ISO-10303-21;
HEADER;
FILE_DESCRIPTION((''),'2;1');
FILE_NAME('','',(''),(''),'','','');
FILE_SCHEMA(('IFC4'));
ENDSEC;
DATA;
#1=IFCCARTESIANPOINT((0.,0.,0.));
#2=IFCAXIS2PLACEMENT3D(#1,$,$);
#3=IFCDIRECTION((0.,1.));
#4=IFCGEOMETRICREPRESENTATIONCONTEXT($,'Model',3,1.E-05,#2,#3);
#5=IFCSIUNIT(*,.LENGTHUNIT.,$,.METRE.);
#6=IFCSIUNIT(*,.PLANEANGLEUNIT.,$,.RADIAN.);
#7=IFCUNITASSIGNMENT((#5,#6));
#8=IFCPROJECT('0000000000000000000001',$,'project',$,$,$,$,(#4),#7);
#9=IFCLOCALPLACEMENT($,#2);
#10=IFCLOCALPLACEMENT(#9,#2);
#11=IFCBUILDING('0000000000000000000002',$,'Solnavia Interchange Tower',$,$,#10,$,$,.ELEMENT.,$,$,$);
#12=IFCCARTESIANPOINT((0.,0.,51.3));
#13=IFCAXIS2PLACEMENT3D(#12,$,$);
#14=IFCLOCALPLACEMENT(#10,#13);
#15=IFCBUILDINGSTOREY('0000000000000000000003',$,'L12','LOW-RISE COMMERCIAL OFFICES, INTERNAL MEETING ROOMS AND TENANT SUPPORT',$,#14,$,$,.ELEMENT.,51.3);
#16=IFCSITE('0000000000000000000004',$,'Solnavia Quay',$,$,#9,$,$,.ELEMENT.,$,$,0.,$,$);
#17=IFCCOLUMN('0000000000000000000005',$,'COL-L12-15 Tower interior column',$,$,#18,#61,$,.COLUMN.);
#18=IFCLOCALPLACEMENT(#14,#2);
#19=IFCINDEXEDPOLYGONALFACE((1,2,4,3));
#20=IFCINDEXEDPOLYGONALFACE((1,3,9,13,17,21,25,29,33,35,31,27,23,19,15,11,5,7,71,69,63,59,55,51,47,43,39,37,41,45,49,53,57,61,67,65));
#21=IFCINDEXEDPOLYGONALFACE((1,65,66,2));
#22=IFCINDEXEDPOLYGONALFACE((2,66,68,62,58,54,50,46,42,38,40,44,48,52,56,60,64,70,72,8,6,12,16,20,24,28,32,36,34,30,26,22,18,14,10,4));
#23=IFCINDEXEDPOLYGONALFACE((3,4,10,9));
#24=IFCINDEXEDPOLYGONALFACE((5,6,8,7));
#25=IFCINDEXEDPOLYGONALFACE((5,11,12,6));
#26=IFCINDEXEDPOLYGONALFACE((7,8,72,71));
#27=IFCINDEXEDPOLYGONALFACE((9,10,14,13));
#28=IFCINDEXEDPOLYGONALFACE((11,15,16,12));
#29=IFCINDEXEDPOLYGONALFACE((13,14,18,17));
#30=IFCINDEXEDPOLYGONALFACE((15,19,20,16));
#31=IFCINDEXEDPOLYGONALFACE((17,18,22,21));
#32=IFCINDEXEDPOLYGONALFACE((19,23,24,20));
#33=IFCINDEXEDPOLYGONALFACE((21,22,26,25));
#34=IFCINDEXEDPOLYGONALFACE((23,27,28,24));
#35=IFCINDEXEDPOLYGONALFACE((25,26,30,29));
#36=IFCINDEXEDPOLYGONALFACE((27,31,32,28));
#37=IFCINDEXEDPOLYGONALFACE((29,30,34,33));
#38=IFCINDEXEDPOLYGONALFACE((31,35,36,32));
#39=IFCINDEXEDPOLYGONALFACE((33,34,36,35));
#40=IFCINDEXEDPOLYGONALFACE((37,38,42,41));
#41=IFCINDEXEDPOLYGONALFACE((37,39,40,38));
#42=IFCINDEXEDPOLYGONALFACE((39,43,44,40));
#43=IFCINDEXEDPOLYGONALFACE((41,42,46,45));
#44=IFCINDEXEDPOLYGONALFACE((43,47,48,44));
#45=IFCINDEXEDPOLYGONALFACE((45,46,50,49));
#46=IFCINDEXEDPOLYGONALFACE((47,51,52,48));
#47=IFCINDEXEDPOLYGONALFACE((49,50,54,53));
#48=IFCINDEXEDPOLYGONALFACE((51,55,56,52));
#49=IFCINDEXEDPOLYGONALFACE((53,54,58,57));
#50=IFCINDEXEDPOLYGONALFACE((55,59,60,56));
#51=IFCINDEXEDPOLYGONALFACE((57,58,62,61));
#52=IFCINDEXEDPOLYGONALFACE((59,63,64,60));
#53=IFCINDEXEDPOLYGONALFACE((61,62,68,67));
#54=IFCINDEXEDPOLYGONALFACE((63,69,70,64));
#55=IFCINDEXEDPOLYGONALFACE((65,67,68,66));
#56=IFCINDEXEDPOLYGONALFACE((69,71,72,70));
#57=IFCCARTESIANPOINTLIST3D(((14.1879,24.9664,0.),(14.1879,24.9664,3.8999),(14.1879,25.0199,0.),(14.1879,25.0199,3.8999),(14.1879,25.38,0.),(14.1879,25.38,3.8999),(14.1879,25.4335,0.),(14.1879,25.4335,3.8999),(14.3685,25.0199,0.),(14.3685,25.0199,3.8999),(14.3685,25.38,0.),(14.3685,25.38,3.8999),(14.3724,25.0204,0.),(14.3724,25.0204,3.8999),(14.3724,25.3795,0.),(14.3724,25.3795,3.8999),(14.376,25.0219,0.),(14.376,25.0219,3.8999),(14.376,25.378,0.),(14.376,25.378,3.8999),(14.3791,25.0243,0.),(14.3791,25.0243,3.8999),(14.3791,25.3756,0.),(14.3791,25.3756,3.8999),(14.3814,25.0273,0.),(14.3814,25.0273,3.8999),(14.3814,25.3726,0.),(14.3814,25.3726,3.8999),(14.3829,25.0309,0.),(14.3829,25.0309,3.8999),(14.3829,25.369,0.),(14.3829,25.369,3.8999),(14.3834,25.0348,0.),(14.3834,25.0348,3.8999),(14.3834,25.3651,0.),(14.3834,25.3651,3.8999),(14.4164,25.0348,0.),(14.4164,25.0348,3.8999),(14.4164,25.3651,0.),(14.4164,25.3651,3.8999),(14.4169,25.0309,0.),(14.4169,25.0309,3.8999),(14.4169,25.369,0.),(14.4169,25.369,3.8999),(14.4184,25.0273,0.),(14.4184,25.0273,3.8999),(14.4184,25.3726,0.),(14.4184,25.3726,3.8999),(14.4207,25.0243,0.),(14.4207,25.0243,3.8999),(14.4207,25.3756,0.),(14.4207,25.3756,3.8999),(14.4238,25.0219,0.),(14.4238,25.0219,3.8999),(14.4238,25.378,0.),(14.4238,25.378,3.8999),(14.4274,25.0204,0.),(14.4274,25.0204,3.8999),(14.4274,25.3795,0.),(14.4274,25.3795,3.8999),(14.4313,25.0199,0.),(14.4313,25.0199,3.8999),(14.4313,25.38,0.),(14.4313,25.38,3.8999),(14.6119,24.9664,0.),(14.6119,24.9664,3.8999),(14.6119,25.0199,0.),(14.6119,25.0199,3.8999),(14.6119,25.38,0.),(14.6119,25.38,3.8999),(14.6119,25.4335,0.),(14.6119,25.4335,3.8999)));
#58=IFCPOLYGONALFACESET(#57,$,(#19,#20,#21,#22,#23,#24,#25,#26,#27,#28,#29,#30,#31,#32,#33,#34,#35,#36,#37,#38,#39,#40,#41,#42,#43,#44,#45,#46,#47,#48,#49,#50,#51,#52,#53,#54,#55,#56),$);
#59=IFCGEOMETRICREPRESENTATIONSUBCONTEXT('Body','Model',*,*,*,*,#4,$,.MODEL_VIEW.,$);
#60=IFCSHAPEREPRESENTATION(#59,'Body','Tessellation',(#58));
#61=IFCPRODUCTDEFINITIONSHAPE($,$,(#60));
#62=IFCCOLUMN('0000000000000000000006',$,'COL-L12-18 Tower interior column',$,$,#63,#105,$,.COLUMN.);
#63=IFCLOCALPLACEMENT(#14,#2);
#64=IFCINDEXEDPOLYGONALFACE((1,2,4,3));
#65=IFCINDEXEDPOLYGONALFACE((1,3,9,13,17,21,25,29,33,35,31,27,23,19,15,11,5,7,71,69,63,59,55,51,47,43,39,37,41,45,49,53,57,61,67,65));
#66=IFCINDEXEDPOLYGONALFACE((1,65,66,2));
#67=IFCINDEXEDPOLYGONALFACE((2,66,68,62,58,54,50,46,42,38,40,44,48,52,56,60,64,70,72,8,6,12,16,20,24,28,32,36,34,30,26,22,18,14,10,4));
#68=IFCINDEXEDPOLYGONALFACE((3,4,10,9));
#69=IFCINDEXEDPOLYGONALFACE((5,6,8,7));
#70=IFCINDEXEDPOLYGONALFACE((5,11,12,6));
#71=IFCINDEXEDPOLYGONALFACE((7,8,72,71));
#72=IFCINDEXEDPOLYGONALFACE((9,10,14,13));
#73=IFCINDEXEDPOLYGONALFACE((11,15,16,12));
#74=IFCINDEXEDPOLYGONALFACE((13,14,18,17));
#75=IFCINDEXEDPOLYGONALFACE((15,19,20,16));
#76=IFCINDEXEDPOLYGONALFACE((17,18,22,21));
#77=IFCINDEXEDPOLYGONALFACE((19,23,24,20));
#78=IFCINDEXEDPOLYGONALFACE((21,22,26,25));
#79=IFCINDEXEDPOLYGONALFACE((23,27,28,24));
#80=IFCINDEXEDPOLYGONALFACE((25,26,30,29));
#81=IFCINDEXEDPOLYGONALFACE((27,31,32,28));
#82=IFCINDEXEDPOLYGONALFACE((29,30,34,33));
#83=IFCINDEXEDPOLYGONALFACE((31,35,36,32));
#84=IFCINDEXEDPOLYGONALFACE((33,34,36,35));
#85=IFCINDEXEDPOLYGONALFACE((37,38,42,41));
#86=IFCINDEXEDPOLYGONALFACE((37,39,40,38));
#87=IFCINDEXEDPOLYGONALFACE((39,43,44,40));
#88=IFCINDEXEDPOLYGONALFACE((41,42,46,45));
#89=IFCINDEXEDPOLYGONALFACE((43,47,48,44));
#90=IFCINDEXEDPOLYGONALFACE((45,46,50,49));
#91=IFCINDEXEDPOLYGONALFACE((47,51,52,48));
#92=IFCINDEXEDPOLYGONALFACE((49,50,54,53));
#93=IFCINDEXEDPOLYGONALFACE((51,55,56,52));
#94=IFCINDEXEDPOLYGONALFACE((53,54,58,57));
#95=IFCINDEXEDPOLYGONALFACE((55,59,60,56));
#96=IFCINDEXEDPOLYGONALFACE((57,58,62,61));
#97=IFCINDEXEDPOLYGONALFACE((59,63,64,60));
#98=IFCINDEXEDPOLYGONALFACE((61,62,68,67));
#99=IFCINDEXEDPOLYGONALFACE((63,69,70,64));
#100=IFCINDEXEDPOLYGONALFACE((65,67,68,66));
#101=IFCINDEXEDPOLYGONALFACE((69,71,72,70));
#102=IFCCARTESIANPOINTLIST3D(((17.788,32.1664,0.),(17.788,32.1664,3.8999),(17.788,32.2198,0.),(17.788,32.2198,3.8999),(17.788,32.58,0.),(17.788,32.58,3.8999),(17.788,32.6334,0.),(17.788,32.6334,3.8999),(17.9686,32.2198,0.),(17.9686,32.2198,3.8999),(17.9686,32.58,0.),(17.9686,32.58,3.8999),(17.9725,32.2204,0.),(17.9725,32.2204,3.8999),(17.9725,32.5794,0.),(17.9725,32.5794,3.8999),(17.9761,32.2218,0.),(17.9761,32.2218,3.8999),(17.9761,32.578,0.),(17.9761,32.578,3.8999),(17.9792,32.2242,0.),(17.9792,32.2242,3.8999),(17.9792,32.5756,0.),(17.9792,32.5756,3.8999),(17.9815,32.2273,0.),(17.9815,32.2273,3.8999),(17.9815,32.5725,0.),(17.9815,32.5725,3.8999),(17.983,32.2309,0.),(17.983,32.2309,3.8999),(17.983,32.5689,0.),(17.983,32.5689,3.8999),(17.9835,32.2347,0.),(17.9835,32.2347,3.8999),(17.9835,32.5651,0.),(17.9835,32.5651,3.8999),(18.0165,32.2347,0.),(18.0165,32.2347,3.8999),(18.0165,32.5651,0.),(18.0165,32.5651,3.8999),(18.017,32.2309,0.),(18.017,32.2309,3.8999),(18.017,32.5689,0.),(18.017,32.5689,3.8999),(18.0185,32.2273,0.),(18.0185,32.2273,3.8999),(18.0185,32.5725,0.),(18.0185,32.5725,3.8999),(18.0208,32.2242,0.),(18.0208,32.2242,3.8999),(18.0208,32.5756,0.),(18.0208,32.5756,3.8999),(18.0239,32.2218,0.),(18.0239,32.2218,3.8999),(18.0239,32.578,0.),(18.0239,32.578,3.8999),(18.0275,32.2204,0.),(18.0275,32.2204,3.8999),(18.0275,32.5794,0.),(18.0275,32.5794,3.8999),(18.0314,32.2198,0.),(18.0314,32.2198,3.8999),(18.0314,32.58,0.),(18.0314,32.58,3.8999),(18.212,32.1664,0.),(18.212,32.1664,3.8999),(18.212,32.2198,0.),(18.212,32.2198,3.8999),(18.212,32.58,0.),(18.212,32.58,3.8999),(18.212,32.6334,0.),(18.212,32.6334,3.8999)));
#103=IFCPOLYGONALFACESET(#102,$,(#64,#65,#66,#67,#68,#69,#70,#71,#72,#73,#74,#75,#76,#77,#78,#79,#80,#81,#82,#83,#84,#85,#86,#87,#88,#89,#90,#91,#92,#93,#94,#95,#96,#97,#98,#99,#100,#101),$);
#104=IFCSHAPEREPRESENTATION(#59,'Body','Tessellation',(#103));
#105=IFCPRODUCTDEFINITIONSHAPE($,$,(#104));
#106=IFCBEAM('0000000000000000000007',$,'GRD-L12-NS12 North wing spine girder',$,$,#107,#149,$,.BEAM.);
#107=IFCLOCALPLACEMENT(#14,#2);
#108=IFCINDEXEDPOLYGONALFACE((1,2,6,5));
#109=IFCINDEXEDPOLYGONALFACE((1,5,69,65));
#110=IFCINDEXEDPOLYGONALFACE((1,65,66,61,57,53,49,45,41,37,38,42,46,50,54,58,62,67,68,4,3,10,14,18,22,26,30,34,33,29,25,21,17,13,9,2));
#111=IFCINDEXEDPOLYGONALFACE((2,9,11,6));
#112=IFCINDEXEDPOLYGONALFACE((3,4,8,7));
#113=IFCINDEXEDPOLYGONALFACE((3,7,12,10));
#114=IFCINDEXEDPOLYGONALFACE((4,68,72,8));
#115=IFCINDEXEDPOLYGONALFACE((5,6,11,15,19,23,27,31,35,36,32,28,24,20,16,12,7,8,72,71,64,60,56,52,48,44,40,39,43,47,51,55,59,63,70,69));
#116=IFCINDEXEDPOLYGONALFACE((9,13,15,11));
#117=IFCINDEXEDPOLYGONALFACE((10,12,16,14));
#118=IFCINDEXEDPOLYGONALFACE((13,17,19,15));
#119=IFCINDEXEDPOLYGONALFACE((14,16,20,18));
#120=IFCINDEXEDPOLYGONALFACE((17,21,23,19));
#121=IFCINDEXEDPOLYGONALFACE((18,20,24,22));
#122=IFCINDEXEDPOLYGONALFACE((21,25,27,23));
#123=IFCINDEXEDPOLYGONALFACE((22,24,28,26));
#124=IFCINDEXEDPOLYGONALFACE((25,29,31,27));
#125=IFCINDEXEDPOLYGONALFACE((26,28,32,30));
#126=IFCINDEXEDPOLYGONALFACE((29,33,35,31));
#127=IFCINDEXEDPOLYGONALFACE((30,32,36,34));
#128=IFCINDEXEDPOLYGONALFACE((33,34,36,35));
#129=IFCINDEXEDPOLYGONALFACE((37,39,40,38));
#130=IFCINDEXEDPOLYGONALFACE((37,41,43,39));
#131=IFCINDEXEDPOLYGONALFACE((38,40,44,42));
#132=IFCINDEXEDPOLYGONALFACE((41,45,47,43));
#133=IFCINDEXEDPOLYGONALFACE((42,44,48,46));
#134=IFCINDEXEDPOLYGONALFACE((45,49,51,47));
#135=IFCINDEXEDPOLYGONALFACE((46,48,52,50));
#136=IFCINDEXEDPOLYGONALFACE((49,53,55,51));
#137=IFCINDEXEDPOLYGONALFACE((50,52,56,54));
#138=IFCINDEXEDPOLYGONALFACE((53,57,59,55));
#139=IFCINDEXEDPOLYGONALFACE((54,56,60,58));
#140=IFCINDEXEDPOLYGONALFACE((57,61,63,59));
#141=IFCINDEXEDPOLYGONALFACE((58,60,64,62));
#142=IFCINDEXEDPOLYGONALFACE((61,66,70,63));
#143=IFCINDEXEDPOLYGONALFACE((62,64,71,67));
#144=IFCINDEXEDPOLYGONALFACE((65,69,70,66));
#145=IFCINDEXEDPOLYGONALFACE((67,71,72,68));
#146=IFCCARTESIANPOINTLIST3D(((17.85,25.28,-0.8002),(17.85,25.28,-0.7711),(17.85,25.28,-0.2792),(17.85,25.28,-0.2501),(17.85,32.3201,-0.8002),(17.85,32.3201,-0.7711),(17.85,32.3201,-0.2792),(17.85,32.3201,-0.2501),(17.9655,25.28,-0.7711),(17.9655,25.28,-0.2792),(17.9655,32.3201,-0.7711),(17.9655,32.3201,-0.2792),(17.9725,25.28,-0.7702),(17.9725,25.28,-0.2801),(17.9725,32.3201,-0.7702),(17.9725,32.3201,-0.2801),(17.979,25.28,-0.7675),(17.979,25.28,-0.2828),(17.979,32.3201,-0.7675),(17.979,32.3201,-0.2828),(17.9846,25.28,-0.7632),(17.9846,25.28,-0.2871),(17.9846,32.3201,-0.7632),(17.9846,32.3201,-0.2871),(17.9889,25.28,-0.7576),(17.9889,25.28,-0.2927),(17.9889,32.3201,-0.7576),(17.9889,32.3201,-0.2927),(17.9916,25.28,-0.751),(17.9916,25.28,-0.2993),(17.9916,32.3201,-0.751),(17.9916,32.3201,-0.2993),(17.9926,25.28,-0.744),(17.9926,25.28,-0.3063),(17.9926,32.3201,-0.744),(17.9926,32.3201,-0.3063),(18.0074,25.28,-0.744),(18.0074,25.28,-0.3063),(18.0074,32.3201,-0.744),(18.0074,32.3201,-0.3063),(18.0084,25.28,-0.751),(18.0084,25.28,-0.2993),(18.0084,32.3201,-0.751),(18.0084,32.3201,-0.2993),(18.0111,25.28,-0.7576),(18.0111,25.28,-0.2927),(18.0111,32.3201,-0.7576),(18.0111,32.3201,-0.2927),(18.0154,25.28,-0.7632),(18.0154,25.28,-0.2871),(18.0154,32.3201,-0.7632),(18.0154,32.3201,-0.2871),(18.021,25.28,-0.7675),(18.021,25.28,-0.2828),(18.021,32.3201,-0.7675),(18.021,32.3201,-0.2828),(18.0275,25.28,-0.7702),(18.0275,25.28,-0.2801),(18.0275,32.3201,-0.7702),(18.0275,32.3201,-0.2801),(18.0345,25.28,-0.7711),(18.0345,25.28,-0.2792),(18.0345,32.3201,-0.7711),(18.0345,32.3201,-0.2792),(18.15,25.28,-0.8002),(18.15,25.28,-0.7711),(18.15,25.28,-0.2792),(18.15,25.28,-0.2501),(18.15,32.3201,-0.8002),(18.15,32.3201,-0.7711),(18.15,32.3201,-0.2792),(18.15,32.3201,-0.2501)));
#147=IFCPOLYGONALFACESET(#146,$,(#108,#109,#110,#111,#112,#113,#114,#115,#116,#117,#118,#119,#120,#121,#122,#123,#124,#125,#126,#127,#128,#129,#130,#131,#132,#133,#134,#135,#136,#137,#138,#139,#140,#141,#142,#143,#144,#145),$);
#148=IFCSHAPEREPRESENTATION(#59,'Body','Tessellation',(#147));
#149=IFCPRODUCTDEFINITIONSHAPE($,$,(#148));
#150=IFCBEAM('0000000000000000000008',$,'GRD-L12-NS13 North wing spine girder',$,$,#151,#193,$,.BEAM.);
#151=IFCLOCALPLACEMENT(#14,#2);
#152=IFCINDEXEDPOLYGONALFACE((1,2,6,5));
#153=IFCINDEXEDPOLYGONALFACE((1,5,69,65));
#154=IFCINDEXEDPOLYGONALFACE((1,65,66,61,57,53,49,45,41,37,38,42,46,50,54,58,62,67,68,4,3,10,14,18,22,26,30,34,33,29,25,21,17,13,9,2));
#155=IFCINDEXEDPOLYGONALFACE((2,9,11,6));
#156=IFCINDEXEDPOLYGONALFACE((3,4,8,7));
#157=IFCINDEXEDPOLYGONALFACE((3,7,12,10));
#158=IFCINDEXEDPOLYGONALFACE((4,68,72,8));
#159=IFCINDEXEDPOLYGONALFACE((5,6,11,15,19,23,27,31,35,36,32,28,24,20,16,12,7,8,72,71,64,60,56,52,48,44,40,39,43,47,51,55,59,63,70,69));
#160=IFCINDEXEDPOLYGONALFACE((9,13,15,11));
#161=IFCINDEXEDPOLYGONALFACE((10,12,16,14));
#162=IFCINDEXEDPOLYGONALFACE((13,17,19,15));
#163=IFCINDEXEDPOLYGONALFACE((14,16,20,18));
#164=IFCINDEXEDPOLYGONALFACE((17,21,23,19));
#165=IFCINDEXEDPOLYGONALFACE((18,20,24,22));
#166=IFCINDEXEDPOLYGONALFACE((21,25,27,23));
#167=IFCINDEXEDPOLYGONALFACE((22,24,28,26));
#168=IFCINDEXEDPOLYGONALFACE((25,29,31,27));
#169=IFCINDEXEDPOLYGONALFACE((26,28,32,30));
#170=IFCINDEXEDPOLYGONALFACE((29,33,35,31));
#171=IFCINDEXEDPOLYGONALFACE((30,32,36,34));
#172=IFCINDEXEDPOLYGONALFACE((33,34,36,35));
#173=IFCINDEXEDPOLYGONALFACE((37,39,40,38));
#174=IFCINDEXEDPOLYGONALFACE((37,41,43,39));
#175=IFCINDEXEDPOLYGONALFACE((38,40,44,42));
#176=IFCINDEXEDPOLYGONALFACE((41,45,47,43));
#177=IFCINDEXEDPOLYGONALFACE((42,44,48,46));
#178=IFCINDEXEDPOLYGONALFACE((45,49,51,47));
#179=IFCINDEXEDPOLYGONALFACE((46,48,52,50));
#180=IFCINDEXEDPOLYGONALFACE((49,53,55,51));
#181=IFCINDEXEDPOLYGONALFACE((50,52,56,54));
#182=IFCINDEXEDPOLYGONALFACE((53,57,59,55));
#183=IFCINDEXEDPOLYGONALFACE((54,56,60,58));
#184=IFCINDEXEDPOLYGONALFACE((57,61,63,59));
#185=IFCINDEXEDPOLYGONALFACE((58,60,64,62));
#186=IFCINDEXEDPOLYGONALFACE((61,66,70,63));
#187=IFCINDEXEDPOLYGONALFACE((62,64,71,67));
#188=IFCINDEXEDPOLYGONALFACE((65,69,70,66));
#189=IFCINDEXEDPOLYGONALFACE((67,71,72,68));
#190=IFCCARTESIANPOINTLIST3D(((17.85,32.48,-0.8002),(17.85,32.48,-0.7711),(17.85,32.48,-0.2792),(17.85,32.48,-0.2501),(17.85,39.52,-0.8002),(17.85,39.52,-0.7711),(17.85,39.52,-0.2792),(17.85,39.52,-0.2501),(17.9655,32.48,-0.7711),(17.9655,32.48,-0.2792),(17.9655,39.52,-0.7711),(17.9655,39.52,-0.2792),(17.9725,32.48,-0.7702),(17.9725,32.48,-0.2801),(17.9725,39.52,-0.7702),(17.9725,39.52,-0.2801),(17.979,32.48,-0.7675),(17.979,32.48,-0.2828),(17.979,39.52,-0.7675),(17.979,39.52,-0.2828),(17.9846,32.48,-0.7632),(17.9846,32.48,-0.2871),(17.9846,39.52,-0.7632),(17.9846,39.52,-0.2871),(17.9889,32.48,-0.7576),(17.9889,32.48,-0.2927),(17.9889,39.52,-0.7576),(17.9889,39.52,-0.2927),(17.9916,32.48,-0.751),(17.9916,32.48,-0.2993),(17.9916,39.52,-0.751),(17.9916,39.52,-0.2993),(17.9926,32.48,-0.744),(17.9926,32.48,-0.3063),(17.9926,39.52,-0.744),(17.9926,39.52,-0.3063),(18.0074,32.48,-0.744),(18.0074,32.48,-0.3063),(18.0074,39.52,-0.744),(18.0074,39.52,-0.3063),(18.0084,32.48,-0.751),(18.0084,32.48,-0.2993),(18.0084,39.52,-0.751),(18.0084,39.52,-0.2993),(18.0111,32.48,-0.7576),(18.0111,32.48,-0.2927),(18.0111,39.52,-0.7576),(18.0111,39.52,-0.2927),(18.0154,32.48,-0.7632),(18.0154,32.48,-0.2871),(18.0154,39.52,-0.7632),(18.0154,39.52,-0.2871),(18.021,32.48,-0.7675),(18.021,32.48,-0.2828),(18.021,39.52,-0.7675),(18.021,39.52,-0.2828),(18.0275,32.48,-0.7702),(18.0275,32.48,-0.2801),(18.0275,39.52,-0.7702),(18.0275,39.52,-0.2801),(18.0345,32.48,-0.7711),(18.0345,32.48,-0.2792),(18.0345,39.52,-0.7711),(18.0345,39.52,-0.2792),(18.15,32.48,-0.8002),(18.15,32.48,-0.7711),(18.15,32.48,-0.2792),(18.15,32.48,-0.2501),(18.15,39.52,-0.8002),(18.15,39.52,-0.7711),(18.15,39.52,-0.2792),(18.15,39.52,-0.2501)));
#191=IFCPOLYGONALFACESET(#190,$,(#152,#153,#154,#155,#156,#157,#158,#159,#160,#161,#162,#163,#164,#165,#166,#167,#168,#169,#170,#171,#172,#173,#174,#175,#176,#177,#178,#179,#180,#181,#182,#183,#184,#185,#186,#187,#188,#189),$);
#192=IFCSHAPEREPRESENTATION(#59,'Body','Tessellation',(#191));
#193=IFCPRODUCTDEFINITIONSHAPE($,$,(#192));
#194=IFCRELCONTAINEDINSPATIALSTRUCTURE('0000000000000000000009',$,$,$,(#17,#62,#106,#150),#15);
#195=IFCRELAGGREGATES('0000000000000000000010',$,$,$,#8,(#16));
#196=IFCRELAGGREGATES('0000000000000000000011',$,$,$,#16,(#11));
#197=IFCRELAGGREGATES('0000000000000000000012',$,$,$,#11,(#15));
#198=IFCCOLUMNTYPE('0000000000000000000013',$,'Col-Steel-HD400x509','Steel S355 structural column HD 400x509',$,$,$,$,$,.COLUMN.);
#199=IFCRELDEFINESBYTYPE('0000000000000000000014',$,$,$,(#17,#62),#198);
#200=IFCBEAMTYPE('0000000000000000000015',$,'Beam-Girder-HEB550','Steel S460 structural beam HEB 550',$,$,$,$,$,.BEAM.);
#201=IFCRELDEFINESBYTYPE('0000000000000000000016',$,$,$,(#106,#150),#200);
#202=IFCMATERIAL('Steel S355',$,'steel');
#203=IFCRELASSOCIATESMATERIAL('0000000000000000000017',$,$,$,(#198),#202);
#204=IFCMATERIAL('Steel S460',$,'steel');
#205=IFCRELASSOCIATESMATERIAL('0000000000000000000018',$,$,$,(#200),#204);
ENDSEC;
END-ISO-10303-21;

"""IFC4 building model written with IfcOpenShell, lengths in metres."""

from ifc_helpers import new_model, si_unit, direction, frame, origin, origin_2d, place, context, subcontext, project, spatial, i_section, extrude, material, material_profile, profile_set, type_object, element, save


model = new_model("IFC4")

# Units and contexts
model_context = context("Model", 3, precision=1e-05, world=origin(), true_north=direction((0.0, 1.0)))
body_context = subcontext(model_context, "Body", "Model", "MODEL_VIEW")
ifc_project = project(units=[si_unit("LENGTHUNIT", "METRE"), si_unit("PLANEANGLEUNIT", "RADIAN")], contexts=[model_context])

# Site, building, storey
site_placement = place(None, origin())
site = spatial("IfcSite", under=ifc_project, at=site_placement, Name="Solnavia Quay", CompositionType="ELEMENT", RefElevation=0.0)
building_placement = place(site_placement, origin())
building = spatial("IfcBuilding", under=site, at=building_placement, Name="Solnavia Interchange Tower", CompositionType="ELEMENT")
storey_placement = place(building_placement, frame((0.0, 0.0, 51.3)))
storey = spatial("IfcBuildingStorey", under=building, at=storey_placement, Name="L12", Description="LOW-RISE COMMERCIAL OFFICES, INTERNAL MEETING ROOMS AND TENANT SUPPORT", CompositionType="ELEMENT", Elevation=51.3)

# Columns
ifc_material_1 = material(Name="Steel S355", Category="steel")
ifc_material_profile_1 = material_profile(ifc_material_1, i_section(OverallWidth=0.4241, OverallDepth=0.467, WebThickness=0.033, FlangeThickness=0.0535, FilletRadius=0.0149, at=origin_2d()), Name="HD 400x509")
ifc_profile_set_1 = profile_set([ifc_material_profile_1], Name="Steel S355")
column_type = type_object("IfcColumnType", Name="Col-Steel-HD400x509", Description="Steel S355 structural column HD 400x509", PredefinedType="COLUMN", material=ifc_profile_set_1)
for number, where, z_axis, x_axis, name in (
    (1, (14.3999, 25.2, 0.0), (0.0, 0.0, 1.0), (1.0, 0.0, 0.0), "COL-L12-15 Tower interior column"),
    (2, (18.0, 32.3999, 0.0), (0.0, 0.0, 1.0), (1.0, 0.0, 0.0), "COL-L12-18 Tower interior column"),
):
    element("IfcColumn", number, at=place(storey_placement, frame(where, z_axis=z_axis, x_axis=x_axis)), inside=storey, type_object=column_type, Name=name, PredefinedType="COLUMN", context=body_context, shape_type="SweptSolid", body=[
        extrude(i_section(OverallWidth=0.4241, OverallDepth=0.467, WebThickness=0.033, FlangeThickness=0.0535, FilletRadius=0.0149, at=origin_2d()), origin(), (0.0, 0.0, 1.0), 3.8999),
    ])

# Beams
ifc_material_2 = material(Name="Steel S460", Category="steel")
ifc_material_profile_2 = material_profile(ifc_material_2, i_section(OverallWidth=0.3, OverallDepth=0.55, WebThickness=0.0149, FlangeThickness=0.0291, FilletRadius=0.0271, at=origin_2d()), Name="HEB 550")
ifc_profile_set_2 = profile_set([ifc_material_profile_2], Name="Steel S460")
beam_type_1 = type_object("IfcBeamType", Name="Beam-Girder-HEB550", Description="Steel S460 structural beam HEB 550", PredefinedType="BEAM", material=ifc_profile_set_2)
for number, where, z_axis, x_axis, name in (
    (3, (18.0, 25.28, -0.5251), (0.0, 1.0, 0.0), (-1.0, 0.0, 0.0), "GRD-L12-NS12 North wing spine girder"),
    (4, (18.0, 32.48, -0.5251), (0.0, 1.0, 0.0), (-1.0, 0.0, 0.0), "GRD-L12-NS13 North wing spine girder"),
):
    element("IfcBeam", number, at=place(storey_placement, frame(where, z_axis=z_axis, x_axis=x_axis)), inside=storey, type_object=beam_type_1, Name=name, PredefinedType="BEAM", context=body_context, shape_type="SweptSolid", body=[
        extrude(i_section(OverallWidth=0.3, OverallDepth=0.55, WebThickness=0.0149, FlangeThickness=0.0291, FilletRadius=0.0271, at=origin_2d()), origin(), (0.0, 0.0, 1.0), 7.04),
    ])

save(model, "model.ifc")
